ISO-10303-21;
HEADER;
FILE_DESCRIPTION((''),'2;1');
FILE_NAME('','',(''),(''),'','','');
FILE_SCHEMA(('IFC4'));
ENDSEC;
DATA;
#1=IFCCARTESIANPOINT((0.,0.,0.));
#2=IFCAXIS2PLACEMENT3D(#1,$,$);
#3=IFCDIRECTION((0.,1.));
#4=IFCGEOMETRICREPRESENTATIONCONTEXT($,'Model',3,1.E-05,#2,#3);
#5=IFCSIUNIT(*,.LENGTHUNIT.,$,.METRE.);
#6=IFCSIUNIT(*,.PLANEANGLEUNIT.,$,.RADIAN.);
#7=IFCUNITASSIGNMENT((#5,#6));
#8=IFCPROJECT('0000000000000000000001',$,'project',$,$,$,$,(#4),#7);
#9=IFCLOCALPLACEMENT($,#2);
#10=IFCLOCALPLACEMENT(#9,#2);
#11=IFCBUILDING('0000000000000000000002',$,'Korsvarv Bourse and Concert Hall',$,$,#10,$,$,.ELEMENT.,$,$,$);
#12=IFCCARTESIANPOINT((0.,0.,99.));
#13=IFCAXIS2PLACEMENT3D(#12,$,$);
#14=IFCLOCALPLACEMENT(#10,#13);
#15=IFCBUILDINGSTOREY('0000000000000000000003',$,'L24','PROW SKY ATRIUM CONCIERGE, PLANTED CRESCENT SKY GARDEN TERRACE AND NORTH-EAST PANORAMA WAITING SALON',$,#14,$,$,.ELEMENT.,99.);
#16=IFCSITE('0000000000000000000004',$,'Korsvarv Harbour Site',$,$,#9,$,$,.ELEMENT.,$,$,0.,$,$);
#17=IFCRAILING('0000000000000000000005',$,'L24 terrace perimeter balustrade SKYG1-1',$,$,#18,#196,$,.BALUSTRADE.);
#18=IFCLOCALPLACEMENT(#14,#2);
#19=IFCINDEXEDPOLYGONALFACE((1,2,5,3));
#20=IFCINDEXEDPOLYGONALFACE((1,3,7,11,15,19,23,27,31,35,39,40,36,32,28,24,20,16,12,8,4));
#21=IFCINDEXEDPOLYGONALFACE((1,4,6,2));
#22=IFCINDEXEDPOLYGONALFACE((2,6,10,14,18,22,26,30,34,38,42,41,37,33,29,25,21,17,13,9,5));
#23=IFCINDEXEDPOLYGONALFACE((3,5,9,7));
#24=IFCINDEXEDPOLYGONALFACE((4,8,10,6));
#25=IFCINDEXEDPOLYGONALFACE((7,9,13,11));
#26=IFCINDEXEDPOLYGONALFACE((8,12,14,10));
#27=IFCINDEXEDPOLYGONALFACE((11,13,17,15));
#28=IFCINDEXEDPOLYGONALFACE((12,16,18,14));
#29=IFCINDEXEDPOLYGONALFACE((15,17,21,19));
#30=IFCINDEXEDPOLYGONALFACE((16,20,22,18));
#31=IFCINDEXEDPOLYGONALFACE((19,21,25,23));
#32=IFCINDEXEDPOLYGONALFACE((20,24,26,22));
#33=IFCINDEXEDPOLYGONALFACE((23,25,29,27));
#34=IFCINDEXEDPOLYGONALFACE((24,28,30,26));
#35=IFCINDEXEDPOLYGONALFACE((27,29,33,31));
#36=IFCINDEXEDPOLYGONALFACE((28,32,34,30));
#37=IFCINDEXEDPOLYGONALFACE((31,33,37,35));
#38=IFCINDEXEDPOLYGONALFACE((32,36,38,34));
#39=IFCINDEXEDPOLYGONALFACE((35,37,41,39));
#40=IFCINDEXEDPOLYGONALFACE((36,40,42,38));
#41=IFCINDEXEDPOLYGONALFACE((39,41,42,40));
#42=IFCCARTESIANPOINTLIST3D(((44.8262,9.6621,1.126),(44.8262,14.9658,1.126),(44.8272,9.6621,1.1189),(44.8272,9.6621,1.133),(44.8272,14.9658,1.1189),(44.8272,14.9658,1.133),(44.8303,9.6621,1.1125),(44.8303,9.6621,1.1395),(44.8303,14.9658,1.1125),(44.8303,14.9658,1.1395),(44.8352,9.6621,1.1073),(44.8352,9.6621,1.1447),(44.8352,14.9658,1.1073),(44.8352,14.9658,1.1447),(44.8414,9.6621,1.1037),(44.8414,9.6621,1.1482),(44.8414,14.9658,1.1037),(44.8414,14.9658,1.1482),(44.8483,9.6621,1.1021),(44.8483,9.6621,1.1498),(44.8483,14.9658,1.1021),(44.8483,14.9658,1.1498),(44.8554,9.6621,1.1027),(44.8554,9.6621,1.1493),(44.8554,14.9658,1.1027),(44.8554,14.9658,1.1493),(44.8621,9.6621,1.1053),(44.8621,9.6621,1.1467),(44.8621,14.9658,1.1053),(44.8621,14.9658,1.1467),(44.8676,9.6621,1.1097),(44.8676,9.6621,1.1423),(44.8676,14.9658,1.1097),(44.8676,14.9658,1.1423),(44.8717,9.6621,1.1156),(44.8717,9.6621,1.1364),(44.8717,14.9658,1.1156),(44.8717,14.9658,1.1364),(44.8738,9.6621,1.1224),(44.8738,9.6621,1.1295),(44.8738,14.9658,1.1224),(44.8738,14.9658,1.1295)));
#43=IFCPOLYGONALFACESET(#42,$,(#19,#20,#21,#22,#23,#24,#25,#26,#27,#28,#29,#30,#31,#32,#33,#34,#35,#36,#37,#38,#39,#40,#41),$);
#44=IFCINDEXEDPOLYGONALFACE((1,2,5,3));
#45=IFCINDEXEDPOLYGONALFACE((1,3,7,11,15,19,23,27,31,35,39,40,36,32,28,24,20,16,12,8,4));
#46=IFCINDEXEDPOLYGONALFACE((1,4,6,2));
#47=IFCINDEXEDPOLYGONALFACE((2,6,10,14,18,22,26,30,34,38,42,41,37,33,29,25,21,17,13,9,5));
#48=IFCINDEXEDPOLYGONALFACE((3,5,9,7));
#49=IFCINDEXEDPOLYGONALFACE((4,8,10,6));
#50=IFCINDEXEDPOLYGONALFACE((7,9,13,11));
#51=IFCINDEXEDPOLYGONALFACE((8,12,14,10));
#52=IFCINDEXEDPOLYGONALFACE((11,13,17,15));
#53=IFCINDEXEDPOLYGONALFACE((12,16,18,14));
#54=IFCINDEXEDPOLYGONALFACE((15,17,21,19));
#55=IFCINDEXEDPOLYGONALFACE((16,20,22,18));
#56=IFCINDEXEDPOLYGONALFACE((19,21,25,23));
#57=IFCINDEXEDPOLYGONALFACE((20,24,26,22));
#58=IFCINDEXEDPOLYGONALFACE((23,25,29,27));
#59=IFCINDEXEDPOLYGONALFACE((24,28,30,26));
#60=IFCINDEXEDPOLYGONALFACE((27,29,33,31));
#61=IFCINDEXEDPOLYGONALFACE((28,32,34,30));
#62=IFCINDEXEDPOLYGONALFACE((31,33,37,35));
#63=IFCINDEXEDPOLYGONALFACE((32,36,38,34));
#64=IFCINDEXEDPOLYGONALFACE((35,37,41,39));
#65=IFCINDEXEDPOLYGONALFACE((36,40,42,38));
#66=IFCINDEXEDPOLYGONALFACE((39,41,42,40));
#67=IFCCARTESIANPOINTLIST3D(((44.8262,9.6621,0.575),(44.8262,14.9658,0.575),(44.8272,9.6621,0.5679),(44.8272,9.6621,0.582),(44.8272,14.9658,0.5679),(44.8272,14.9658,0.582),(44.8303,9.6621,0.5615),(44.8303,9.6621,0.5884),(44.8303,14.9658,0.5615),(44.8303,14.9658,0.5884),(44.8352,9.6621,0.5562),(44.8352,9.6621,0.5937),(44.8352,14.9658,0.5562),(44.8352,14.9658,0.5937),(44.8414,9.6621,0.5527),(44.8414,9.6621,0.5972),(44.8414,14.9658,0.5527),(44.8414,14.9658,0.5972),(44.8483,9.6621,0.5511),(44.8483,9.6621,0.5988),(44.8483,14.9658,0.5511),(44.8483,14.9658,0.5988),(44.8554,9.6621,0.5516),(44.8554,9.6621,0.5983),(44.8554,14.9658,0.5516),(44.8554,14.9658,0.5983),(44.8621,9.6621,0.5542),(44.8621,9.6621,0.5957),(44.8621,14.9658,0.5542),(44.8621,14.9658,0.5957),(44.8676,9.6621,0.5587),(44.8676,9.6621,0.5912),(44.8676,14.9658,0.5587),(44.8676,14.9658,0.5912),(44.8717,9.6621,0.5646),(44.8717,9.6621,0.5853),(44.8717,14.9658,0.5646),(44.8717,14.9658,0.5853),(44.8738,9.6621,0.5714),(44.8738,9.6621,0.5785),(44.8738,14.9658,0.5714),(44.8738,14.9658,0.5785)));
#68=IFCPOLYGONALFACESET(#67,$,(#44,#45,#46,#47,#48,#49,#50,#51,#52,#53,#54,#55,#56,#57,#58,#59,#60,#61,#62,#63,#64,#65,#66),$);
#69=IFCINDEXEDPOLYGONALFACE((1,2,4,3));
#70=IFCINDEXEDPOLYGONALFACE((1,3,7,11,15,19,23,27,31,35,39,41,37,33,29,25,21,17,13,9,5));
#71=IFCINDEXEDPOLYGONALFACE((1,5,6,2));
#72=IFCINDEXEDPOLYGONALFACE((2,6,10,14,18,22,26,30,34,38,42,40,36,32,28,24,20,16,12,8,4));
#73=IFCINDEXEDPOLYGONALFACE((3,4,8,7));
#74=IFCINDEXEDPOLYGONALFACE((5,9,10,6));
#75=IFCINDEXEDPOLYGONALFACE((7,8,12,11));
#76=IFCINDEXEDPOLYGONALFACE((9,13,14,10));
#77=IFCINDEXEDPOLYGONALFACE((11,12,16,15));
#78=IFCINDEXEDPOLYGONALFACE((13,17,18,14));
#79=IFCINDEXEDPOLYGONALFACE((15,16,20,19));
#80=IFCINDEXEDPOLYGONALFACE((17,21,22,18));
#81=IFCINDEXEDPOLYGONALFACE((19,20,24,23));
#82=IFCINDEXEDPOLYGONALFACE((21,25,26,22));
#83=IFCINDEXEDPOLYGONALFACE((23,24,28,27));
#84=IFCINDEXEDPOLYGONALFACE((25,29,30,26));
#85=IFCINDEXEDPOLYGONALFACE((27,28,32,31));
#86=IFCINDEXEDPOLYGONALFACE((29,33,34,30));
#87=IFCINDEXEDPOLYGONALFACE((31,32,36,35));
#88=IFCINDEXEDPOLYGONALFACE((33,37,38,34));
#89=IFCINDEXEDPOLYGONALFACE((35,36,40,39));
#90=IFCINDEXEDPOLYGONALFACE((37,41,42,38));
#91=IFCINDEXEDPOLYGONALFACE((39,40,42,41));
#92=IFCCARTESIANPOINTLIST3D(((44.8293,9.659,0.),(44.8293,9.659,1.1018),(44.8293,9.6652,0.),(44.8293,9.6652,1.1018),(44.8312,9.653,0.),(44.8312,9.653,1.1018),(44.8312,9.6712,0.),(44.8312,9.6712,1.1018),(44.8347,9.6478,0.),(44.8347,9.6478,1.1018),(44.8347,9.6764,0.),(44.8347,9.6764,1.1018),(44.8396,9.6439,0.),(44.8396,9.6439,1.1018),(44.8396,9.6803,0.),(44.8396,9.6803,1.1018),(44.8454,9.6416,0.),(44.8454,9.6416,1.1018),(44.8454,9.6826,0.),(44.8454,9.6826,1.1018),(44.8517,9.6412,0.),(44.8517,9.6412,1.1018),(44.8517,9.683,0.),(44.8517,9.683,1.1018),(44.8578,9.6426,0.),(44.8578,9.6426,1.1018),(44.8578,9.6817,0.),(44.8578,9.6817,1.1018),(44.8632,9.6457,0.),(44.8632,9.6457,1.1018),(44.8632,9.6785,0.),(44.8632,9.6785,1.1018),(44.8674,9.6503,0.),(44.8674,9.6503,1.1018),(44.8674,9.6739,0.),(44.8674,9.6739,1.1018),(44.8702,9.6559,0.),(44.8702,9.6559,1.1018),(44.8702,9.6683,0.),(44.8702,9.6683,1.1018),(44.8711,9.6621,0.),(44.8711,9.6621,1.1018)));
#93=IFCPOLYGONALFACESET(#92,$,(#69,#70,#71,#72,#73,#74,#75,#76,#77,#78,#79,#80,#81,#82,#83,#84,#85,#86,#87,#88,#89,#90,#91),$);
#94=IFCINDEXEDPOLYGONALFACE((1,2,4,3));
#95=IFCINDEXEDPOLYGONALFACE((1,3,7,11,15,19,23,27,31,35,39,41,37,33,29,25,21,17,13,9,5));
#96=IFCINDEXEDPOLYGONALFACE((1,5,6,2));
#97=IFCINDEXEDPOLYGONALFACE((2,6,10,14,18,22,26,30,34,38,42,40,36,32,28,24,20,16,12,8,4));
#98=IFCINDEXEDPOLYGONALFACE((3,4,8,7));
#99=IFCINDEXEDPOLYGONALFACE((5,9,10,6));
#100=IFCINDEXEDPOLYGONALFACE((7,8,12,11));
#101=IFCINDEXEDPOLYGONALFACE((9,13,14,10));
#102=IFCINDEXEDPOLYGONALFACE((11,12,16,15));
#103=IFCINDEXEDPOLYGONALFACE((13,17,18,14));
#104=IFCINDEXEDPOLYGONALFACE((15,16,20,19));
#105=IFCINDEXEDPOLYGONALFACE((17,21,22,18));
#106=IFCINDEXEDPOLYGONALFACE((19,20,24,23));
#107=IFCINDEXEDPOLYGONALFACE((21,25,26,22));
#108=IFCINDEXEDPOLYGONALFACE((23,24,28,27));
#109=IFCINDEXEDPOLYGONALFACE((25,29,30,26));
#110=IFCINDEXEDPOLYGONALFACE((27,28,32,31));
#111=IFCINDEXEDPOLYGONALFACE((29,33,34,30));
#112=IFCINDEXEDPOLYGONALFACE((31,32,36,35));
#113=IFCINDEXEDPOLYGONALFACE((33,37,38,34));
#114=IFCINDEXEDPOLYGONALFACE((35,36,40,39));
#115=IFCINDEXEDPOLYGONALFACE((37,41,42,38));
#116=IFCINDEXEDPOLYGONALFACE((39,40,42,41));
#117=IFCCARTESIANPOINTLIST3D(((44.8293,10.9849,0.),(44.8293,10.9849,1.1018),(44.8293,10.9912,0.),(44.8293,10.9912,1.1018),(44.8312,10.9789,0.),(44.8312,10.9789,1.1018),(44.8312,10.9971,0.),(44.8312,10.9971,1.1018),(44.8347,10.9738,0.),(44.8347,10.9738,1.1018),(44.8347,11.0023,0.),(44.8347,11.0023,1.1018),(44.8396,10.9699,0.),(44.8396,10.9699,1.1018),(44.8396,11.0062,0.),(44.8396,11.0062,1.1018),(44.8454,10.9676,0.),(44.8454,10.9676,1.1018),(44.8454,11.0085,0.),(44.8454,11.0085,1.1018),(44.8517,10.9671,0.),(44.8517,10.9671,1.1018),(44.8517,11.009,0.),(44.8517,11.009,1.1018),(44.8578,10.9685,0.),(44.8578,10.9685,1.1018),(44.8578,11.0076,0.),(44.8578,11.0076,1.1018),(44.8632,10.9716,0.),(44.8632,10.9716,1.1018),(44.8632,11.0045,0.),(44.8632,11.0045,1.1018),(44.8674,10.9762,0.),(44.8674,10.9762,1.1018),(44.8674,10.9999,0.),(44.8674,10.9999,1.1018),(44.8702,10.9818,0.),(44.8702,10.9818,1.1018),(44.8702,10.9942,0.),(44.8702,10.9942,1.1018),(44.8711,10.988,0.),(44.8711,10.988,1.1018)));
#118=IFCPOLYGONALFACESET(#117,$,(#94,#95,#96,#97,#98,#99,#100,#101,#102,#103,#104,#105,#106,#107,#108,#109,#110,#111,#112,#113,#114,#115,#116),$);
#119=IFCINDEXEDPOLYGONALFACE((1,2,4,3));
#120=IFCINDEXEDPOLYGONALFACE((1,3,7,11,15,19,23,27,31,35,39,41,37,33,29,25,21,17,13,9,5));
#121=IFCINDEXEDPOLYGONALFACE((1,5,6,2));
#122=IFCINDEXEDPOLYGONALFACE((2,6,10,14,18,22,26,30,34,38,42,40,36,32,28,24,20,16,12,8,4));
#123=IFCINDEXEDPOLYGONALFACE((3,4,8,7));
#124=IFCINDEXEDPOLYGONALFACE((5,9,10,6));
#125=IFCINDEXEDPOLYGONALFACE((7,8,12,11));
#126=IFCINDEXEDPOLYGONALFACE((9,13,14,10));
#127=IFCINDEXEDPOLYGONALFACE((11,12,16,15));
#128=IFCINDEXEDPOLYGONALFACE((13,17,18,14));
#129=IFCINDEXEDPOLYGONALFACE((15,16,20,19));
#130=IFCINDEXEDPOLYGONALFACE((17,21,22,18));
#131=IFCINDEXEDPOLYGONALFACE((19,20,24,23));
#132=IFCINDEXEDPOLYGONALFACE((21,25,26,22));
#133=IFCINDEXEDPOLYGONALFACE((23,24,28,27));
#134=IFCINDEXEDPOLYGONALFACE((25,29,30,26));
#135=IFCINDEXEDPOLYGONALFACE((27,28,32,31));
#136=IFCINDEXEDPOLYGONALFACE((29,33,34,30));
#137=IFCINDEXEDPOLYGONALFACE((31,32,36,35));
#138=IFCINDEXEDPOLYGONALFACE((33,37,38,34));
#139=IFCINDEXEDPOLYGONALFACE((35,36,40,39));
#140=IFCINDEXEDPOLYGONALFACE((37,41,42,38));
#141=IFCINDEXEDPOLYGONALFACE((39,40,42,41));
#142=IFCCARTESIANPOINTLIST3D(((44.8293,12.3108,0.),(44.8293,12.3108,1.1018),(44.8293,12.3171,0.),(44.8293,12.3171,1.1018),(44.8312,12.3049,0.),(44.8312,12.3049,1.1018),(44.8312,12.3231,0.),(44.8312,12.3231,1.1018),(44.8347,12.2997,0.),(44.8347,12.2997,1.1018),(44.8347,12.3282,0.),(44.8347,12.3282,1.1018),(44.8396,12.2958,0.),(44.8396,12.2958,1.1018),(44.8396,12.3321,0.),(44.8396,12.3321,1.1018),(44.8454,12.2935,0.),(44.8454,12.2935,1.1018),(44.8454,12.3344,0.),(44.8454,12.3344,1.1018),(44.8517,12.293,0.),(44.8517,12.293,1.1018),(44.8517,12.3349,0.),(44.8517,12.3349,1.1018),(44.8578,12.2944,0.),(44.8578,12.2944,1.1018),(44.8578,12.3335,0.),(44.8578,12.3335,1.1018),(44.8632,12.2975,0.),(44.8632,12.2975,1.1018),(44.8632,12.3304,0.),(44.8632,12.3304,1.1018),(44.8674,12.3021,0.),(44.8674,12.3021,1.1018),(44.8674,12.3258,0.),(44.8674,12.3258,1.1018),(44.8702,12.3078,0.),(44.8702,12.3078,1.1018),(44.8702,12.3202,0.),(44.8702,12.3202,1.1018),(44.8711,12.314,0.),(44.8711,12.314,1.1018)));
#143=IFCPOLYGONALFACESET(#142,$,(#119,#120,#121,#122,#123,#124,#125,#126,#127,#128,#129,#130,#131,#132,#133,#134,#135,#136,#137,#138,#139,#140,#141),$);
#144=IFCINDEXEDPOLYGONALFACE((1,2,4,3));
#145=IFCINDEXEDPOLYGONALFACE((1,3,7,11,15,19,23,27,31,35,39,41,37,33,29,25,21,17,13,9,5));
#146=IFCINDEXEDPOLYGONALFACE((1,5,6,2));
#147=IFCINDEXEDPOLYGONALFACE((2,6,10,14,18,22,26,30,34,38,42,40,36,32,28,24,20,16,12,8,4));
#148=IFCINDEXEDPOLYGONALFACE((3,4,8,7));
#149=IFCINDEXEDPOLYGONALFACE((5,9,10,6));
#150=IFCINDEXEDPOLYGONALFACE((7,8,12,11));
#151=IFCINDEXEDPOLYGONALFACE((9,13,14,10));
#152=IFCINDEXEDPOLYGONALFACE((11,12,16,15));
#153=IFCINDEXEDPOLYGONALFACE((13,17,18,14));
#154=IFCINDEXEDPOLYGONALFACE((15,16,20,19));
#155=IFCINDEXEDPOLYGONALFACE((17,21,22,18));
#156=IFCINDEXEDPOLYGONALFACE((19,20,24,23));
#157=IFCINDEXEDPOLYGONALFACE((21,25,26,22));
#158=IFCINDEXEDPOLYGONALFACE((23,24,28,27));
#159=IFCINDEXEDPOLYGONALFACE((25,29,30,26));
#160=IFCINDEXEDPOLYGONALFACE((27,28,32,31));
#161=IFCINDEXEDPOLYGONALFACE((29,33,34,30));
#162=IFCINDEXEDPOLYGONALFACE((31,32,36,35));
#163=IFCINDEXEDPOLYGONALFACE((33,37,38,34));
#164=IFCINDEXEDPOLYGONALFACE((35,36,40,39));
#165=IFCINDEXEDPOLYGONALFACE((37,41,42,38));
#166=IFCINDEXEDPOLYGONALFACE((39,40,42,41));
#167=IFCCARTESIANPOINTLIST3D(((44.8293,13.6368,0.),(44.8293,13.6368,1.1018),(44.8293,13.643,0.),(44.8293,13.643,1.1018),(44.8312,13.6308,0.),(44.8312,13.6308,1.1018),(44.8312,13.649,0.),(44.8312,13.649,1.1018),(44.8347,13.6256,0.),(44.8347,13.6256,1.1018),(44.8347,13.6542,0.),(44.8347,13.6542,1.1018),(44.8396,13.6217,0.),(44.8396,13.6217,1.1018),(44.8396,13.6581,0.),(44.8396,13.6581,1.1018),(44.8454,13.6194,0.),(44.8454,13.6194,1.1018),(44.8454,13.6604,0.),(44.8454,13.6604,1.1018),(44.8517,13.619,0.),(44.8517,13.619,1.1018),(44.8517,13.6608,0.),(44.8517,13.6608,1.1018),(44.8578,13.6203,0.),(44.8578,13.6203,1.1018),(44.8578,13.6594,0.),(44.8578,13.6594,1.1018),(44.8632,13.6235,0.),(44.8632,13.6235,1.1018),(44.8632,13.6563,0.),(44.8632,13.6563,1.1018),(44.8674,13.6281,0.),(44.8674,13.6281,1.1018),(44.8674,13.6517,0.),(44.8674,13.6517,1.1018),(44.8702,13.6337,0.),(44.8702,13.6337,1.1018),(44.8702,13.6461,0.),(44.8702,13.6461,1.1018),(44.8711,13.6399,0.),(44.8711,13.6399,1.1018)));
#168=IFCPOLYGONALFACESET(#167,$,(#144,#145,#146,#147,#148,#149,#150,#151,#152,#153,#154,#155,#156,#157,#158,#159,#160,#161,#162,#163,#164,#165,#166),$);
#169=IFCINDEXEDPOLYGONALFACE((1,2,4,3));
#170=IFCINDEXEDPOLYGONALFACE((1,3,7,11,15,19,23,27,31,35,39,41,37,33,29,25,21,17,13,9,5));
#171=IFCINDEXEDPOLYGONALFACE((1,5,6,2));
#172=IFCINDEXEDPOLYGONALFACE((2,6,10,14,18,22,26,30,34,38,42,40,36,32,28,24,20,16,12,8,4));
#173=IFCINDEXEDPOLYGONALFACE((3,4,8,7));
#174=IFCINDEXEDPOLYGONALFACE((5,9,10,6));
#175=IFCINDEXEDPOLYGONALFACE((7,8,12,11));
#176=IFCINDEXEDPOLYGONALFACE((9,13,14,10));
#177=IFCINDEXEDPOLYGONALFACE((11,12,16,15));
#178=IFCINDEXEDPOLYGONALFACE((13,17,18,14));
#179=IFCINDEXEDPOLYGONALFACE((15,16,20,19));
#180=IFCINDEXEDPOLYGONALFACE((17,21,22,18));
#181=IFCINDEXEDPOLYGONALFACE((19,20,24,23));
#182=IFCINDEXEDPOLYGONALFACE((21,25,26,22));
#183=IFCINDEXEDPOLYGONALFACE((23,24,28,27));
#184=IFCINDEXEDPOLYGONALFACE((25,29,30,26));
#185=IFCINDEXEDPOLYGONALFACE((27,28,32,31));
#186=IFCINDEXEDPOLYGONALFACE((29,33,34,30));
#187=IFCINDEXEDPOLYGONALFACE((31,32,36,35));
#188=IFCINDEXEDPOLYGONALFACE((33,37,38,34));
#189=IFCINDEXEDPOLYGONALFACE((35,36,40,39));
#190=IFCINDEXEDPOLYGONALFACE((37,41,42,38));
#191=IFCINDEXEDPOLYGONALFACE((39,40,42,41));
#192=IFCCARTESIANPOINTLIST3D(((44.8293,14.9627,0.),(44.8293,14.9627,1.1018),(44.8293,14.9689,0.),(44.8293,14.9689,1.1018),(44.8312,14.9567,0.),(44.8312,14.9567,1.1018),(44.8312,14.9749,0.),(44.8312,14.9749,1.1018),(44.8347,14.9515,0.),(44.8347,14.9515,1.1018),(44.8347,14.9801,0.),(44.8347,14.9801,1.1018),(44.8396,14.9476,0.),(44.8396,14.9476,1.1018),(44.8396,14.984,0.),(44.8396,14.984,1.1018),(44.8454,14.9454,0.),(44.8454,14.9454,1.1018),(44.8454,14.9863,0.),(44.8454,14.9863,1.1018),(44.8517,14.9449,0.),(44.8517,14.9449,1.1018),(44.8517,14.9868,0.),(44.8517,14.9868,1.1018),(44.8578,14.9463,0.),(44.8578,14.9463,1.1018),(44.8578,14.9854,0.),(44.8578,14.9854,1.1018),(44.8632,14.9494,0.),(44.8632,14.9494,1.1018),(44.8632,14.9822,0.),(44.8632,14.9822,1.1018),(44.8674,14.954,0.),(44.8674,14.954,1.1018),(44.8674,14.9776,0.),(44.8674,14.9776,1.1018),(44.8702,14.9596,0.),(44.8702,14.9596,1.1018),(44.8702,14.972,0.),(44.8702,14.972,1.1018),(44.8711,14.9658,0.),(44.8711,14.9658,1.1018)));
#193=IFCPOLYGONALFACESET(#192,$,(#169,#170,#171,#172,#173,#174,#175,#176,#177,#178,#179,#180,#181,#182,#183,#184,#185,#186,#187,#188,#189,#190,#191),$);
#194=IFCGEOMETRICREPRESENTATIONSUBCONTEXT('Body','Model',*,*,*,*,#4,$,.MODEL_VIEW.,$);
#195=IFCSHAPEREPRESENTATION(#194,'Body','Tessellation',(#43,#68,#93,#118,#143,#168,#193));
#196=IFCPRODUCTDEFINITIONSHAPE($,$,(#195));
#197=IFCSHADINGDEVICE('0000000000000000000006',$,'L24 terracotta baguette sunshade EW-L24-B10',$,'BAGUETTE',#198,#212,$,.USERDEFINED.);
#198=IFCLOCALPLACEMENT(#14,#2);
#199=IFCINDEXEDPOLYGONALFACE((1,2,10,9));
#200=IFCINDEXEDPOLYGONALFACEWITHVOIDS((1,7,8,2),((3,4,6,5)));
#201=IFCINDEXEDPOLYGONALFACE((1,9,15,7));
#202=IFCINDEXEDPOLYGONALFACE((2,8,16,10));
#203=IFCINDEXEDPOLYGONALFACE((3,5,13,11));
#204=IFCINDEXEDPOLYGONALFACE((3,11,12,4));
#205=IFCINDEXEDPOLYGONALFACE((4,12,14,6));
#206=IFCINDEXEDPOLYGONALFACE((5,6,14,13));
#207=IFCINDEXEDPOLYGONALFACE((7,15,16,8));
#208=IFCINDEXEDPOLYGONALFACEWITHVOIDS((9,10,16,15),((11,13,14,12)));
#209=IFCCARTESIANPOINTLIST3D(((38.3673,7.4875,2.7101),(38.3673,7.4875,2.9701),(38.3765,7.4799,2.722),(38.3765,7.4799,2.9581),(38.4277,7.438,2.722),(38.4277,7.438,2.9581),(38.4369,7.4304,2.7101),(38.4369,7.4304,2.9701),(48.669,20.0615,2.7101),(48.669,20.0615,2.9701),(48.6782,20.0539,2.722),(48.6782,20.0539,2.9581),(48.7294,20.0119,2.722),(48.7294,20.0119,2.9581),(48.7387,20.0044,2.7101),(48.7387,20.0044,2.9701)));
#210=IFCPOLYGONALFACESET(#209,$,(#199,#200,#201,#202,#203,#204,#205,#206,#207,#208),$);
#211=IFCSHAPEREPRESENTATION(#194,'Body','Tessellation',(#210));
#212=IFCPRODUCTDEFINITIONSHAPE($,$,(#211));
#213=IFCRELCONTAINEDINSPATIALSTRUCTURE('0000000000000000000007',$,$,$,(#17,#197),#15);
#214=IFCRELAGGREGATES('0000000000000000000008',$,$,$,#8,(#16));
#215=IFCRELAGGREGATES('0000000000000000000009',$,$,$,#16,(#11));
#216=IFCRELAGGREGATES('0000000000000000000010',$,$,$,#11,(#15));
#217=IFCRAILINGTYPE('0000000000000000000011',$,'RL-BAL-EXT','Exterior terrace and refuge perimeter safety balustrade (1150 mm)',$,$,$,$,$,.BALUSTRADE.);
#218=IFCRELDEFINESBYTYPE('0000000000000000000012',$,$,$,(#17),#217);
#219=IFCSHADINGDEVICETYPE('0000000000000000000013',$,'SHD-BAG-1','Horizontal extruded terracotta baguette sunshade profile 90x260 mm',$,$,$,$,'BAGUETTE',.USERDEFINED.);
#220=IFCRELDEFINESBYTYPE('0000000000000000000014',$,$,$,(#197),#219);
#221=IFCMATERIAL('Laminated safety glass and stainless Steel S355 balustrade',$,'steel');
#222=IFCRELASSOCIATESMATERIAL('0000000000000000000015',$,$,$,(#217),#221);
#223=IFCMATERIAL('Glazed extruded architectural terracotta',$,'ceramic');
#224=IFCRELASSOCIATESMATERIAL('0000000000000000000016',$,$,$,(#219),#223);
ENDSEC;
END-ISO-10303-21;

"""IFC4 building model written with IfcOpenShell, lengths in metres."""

from ifc_helpers import new_model, si_unit, direction, frame, origin, origin_2d, place, context, subcontext, project, spatial, hollow_rectangle, circle, extrude, source, transform, mapped, material, material_profile, profile_set, type_object, element, save


model = new_model("IFC4")

# Units and contexts
model_context = context("Model", 3, precision=1e-05, world=origin(), true_north=direction((0.0, 1.0)))
body_context = subcontext(model_context, "Body", "Model", "MODEL_VIEW")
ifc_project = project(units=[si_unit("LENGTHUNIT", "METRE"), si_unit("PLANEANGLEUNIT", "RADIAN")], contexts=[model_context])

# Site, building, storey
site_placement = place(None, origin())
site = spatial("IfcSite", under=ifc_project, at=site_placement, Name="Korsvarv Harbour Site", CompositionType="ELEMENT", RefElevation=0.0)
building_placement = place(site_placement, origin())
building = spatial("IfcBuilding", under=site, at=building_placement, Name="Korsvarv Bourse and Concert Hall", CompositionType="ELEMENT")
storey_placement = place(building_placement, frame((0.0, 0.0, 99.0)))
storey = spatial("IfcBuildingStorey", under=building, at=storey_placement, Name="L24", Description="PROW SKY ATRIUM CONCIERGE, PLANTED CRESCENT SKY GARDEN TERRACE AND NORTH-EAST PANORAMA WAITING SALON", CompositionType="ELEMENT", Elevation=99.0)

# Railing
ifc_material_1 = material(Name="Laminated safety glass and stainless Steel S355 balustrade", Category="steel")
railing_type = type_object("IfcRailingType", Name="RL-BAL-EXT", Description="Exterior terrace and refuge perimeter safety balustrade (1150 mm)", PredefinedType="BALUSTRADE", material=ifc_material_1)
railing_1_placement = place(storey_placement, frame((44.8501, 9.6621, 0.0)))
element("IfcRailing", 1, at=railing_1_placement, inside=storey, type_object=railing_type, Name="L24 terrace perimeter balustrade SKYG1-1", PredefinedType="BALUSTRADE", context=body_context, shape_type="SweptSolid", body=[
    extrude(circle(Radius=0.0239, at=origin_2d()), frame((0.0, 0.0, 1.126), z_axis=(0.0, 1.0, 0.0), x_axis=(-1.0, 0.0, 0.0)), (0.0, 0.0, 1.0), 5.3037),
    extrude(circle(Radius=0.0239, at=origin_2d()), frame((0.0, 0.0, 0.575), z_axis=(0.0, 1.0, 0.0), x_axis=(-1.0, 0.0, 0.0)), (0.0, 0.0, 1.0), 5.3037),
    extrude(circle(Radius=0.021, at=origin_2d()), origin(), (0.0, 0.0, 1.0), 1.1018),
    extrude(circle(Radius=0.021, at=origin_2d()), frame((0.0, 1.3259, 0.0)), (0.0, 0.0, 1.0), 1.1018),
    extrude(circle(Radius=0.021, at=origin_2d()), frame((0.0, 2.6519, 0.0)), (0.0, 0.0, 1.0), 1.1018),
    extrude(circle(Radius=0.021, at=origin_2d()), frame((0.0, 3.9778, 0.0)), (0.0, 0.0, 1.0), 1.1018),
    extrude(circle(Radius=0.021, at=origin_2d()), frame((0.0, 5.3037, 0.0)), (0.0, 0.0, 1.0), 1.1018),
])

# Shading device
ifc_material_2 = material(Name="Glazed extruded architectural terracotta", Category="ceramic")
ifc_material_profile_1 = material_profile(ifc_material_2, hollow_rectangle(XDim=0.0901, YDim=0.26, WallThickness=0.012, at=origin_2d()), Name="TC-BAG 90x260")
ifc_profile_set_1 = profile_set([ifc_material_profile_1], Name="Glazed extruded architectural terracotta")
shading_device_type = type_object("IfcShadingDeviceType", Name="SHD-BAG-1", Description="Horizontal extruded terracotta baguette sunshade profile 90x260 mm", ElementType="BAGUETTE", PredefinedType="USERDEFINED", material=ifc_profile_set_1)
shared_shape_1 = source(origin(), body_context, "Body", "SweptSolid", [
    extrude(hollow_rectangle(XDim=0.0901, YDim=0.26, WallThickness=0.012, at=origin_2d()), origin(), (0.0, 0.0, 1.0), 16.2551),
])
shading_device_placement = place(storey_placement, frame((38.4021, 7.459, 2.8401), z_axis=(0.633752, 0.773536, 0.0), x_axis=(-0.773536, 0.633752, 0.0)))
element("IfcShadingDevice", 2, at=shading_device_placement, inside=storey, type_object=shading_device_type, Name="L24 terracotta baguette sunshade EW-L24-B10", ObjectType="BAGUETTE", PredefinedType="USERDEFINED", context=body_context, shape_type="MappedRepresentation", body=[
    mapped(shared_shape_1, transform((0.0, 0.0, 0.0), scale=1.0)),
])

save(model, "model.ifc")
